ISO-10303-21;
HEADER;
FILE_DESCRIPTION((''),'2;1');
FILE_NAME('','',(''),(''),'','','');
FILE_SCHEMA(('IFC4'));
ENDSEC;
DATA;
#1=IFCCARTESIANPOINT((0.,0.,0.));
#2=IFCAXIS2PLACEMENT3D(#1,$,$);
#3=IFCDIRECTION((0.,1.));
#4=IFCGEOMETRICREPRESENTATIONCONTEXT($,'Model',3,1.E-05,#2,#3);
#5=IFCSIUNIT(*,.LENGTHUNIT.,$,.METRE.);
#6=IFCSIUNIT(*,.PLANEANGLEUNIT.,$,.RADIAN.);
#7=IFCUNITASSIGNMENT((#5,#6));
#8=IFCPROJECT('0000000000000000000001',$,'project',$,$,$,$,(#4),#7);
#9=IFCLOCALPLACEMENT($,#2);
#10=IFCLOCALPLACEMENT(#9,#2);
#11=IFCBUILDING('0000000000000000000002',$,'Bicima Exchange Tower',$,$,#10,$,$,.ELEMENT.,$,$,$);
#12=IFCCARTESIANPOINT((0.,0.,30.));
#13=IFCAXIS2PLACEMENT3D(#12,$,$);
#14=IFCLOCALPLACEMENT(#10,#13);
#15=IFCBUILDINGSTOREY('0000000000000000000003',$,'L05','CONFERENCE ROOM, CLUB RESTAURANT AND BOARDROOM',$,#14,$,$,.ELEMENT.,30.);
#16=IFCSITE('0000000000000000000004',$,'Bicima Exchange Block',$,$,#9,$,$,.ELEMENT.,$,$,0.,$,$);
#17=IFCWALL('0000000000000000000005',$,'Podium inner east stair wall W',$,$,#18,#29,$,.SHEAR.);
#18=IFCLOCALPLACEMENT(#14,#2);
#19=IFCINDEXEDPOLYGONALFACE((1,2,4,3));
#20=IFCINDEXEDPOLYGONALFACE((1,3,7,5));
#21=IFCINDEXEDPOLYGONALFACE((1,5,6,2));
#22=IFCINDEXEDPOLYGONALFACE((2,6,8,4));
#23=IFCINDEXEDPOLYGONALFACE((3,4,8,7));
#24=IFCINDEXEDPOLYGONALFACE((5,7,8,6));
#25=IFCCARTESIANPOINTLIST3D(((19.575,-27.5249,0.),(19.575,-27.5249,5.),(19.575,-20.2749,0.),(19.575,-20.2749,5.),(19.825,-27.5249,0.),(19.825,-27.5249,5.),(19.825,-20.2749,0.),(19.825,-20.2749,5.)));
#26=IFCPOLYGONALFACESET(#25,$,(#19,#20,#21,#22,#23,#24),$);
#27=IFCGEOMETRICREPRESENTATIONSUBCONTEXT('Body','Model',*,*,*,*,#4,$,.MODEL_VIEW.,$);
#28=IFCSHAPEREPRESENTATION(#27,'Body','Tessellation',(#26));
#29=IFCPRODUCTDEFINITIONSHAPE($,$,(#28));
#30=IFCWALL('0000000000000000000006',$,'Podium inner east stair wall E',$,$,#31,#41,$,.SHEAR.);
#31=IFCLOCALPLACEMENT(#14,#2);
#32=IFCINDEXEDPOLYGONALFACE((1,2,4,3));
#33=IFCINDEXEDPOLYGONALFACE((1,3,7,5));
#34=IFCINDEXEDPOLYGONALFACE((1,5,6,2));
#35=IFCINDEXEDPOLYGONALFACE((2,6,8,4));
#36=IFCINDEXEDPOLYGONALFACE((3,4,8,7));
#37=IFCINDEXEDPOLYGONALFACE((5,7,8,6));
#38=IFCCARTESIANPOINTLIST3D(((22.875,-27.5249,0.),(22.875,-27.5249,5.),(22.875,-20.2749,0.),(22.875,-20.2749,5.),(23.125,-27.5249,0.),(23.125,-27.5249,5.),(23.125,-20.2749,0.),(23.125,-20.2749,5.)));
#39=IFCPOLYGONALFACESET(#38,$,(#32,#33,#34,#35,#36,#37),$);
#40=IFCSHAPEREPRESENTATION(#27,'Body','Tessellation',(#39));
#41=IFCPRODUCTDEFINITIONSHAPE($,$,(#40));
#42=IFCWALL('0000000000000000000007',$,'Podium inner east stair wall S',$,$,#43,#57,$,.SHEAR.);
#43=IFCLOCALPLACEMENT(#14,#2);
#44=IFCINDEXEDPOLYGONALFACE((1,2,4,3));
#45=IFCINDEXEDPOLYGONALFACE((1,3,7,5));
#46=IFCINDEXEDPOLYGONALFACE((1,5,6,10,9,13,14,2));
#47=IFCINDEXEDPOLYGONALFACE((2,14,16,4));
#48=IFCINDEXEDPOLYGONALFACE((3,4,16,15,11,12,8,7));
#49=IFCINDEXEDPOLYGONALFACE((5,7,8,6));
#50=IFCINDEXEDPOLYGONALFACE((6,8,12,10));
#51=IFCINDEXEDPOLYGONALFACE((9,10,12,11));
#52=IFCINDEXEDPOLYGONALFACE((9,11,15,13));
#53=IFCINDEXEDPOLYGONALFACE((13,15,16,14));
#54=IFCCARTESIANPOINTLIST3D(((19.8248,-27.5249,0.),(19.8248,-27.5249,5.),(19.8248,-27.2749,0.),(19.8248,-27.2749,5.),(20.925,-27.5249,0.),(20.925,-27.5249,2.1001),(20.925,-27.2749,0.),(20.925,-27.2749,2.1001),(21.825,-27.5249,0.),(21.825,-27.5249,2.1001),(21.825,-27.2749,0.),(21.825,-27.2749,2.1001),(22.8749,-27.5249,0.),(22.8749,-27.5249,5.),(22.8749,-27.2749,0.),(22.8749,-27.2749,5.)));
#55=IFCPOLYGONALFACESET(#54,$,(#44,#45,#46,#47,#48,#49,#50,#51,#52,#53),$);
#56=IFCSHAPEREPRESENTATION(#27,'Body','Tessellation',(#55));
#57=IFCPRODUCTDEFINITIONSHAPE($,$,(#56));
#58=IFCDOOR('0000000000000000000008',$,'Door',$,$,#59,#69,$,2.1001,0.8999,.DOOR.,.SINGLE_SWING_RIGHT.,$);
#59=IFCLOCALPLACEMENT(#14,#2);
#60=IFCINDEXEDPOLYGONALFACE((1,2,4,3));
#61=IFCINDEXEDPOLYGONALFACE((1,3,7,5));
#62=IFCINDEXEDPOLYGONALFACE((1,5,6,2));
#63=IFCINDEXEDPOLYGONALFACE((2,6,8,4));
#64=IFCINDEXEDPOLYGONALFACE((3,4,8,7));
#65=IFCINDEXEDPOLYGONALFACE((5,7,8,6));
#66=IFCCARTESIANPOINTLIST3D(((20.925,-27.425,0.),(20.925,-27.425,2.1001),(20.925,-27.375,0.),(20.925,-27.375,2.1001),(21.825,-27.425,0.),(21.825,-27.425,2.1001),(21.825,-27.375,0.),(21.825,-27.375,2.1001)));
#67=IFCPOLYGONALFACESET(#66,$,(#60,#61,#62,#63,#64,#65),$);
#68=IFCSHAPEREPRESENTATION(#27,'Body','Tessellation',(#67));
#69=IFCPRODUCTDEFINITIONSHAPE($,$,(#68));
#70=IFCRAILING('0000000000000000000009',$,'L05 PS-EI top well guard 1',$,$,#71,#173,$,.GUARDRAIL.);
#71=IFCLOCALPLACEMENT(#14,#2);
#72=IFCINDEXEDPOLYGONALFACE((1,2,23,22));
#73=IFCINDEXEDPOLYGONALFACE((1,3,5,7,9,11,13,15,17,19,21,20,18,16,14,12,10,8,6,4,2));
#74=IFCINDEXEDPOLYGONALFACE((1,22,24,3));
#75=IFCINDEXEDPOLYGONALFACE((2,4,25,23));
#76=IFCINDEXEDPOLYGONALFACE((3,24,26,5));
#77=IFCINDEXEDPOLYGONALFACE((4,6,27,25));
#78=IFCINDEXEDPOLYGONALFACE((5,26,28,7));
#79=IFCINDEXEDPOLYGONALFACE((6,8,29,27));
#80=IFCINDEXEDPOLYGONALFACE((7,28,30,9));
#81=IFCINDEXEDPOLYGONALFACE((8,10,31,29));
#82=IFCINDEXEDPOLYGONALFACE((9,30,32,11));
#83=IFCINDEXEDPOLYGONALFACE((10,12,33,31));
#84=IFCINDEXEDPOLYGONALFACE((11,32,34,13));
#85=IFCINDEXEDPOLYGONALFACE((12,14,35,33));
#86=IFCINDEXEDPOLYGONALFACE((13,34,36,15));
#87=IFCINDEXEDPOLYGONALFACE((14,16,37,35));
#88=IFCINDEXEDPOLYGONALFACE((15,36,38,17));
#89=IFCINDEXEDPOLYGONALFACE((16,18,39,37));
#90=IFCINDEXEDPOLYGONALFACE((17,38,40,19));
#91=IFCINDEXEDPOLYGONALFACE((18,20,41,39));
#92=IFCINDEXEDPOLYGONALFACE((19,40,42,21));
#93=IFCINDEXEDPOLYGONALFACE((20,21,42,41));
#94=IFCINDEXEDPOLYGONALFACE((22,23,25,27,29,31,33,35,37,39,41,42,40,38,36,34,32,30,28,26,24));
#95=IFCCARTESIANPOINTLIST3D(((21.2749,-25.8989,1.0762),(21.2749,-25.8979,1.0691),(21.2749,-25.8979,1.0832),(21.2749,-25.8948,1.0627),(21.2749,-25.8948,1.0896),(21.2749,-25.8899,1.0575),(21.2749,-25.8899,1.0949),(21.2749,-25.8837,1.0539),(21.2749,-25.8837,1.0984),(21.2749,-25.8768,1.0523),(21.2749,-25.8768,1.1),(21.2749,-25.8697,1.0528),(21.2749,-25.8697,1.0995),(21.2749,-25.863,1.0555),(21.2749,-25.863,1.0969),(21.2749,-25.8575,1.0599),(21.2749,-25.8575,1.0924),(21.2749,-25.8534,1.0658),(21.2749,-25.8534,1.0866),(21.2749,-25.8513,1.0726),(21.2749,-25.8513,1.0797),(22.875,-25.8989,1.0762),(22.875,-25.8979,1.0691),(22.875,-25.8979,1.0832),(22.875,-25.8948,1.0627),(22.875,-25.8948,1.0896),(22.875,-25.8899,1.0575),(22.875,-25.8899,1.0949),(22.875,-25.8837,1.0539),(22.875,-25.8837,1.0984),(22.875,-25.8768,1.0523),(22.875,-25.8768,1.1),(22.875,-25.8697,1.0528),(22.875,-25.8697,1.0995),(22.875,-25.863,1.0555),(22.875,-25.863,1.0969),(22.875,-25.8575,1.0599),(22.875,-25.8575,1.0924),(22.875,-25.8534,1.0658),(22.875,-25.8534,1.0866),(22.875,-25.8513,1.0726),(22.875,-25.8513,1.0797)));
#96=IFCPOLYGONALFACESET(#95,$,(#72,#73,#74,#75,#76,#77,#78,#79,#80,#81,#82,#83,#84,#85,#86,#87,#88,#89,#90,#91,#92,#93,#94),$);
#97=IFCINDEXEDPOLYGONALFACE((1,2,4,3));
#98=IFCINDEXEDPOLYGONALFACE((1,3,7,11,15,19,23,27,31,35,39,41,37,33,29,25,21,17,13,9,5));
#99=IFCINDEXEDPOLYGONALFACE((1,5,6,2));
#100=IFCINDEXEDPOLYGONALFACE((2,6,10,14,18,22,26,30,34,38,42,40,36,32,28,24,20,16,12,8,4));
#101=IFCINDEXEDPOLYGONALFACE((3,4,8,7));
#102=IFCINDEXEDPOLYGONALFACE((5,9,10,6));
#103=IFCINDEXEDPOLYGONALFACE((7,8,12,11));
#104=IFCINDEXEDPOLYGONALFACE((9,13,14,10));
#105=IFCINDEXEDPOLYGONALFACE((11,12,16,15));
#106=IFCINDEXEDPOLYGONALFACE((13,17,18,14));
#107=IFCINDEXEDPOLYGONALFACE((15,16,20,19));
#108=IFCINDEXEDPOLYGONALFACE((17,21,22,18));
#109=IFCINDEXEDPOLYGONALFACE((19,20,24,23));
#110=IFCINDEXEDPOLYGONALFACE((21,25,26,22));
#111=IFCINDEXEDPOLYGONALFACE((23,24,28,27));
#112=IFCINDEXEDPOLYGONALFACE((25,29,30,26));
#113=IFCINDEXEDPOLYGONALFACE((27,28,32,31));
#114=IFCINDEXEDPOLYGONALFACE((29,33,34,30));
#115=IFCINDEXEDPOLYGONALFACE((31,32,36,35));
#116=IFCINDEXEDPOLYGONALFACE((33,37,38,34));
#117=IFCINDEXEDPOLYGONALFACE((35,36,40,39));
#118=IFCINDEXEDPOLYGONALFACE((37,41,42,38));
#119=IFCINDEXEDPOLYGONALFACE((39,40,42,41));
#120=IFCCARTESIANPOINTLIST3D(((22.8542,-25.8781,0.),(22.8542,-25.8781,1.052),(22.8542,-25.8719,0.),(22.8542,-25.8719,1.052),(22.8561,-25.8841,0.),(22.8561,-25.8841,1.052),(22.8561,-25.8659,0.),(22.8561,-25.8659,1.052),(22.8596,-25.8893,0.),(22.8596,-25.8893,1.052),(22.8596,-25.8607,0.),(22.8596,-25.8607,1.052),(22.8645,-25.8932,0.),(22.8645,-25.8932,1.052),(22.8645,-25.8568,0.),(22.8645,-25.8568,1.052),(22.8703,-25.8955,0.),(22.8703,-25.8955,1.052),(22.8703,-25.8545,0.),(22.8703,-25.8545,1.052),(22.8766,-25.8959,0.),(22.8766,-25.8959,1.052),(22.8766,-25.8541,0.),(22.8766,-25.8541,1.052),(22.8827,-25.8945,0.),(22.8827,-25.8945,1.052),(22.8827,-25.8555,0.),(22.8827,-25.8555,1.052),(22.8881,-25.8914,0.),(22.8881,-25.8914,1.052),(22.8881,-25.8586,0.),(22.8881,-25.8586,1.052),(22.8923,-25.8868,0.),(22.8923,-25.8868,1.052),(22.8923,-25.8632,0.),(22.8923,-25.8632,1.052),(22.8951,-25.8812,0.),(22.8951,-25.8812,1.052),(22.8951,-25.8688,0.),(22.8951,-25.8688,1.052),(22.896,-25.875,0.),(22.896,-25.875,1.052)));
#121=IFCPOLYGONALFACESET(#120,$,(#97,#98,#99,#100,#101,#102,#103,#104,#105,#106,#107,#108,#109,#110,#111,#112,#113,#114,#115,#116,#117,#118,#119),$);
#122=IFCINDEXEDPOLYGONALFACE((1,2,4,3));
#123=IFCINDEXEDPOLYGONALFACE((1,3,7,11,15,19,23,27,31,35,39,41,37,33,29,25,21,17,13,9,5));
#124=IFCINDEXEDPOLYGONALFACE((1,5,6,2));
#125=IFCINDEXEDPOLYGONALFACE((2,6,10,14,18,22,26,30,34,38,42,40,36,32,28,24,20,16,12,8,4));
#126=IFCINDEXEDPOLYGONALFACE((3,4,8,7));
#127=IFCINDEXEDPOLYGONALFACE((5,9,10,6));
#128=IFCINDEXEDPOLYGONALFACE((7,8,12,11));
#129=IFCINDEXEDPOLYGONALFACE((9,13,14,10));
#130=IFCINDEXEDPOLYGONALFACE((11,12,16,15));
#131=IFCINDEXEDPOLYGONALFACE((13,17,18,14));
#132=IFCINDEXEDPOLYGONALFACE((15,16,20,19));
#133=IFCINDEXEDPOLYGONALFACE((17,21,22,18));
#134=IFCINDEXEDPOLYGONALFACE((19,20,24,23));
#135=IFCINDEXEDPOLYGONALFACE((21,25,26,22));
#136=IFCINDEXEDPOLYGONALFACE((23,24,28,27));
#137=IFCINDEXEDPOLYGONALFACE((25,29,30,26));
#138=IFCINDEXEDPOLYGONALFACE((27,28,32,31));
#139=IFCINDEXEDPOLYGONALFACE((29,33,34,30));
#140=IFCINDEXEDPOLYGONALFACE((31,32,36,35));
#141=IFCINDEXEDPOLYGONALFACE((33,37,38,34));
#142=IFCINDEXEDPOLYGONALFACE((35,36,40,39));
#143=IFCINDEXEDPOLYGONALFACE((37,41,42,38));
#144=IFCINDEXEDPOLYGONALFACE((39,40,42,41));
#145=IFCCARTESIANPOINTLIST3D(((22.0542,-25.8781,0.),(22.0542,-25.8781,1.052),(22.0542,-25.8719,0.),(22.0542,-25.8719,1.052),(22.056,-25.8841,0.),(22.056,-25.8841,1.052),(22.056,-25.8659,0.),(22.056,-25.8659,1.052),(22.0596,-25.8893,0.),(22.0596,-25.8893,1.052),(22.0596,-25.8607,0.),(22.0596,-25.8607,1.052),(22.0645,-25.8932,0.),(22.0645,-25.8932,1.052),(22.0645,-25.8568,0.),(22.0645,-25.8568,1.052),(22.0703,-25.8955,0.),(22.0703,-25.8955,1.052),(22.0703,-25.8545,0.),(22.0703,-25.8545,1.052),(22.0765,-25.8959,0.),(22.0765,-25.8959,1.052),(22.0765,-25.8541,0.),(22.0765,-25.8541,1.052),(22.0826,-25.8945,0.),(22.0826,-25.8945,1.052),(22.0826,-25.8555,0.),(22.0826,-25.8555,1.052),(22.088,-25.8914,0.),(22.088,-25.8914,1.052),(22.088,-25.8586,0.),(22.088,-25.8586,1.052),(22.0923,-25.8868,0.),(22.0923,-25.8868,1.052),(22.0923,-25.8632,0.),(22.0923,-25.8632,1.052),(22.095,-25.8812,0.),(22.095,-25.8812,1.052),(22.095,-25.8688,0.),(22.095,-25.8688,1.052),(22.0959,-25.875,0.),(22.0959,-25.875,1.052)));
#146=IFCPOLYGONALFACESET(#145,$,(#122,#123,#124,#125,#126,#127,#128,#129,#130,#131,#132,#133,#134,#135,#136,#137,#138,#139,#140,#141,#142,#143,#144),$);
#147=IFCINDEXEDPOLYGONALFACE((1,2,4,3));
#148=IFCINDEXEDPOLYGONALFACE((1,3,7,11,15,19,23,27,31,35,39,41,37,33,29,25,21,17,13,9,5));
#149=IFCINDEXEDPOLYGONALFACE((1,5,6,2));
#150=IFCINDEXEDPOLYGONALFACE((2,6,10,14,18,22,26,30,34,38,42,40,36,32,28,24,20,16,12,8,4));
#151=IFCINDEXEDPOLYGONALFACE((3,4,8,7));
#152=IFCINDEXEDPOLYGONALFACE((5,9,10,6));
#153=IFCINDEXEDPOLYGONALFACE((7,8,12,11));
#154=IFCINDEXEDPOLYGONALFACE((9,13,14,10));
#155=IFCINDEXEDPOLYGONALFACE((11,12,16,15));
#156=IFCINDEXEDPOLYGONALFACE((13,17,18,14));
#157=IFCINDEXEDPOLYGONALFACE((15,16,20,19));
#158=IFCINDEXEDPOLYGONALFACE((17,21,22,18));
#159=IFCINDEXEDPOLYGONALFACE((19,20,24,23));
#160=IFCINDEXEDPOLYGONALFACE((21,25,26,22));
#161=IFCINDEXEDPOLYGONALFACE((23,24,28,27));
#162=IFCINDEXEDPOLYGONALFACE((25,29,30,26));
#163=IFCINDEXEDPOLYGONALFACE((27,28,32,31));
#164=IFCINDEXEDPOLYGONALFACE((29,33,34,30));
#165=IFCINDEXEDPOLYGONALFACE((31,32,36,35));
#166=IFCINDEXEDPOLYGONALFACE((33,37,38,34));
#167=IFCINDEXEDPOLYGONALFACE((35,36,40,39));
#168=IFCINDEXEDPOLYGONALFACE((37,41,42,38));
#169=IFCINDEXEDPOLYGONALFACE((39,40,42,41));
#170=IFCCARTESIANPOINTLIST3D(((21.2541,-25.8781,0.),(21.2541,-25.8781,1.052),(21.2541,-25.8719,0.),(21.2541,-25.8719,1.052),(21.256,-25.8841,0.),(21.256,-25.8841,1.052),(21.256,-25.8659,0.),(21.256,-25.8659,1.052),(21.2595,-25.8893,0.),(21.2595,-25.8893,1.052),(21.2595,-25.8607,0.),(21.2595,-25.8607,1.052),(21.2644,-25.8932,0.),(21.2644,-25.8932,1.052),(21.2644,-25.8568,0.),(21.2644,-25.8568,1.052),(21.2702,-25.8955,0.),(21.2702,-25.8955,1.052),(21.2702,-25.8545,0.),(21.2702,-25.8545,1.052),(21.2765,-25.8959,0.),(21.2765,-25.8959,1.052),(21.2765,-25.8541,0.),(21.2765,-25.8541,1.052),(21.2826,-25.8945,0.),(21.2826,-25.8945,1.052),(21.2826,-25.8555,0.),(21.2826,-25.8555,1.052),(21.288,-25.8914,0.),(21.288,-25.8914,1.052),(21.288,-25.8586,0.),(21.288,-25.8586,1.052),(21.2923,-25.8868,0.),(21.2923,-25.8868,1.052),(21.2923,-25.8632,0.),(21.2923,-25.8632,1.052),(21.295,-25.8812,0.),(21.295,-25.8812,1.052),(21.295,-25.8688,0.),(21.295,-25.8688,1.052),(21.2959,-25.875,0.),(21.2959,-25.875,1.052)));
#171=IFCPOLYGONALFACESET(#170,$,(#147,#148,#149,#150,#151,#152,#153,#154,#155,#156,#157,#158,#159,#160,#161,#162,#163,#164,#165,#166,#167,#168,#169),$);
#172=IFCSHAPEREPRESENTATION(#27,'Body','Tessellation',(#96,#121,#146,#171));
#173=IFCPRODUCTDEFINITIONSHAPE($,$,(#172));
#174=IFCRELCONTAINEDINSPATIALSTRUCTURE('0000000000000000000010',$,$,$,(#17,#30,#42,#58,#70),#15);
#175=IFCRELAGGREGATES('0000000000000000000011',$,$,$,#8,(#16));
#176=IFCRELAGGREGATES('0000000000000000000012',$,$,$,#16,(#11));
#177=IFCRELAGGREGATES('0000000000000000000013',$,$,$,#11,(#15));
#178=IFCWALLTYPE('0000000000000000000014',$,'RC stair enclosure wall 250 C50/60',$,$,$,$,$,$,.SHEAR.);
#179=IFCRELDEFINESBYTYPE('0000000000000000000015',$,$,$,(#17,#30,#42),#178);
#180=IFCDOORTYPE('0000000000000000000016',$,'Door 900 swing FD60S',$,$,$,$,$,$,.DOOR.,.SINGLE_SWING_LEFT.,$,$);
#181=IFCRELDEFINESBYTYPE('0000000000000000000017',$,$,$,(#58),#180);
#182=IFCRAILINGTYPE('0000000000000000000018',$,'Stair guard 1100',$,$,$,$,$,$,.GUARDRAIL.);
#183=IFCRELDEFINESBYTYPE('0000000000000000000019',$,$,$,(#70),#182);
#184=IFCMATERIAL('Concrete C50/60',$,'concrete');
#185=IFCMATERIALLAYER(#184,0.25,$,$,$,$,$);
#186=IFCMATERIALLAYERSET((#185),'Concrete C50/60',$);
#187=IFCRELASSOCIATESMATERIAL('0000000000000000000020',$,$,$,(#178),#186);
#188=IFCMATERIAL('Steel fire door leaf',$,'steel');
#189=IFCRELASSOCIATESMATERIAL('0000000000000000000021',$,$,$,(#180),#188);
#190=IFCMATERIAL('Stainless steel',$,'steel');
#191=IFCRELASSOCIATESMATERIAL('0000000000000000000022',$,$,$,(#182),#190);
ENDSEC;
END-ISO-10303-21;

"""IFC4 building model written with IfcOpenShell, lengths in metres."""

from ifc_helpers import new_model, si_unit, direction, frame, frame_2d, origin, origin_2d, place, context, subcontext, project, spatial, rectangle, circle, extrude, material, layer, layer_set, type_object, element, fill, save


model = new_model("IFC4")

# Units and contexts
model_context = context("Model", 3, precision=1e-05, world=origin(), true_north=direction((0.0, 1.0)))
body_context = subcontext(model_context, "Body", "Model", "MODEL_VIEW")
ifc_project = project(units=[si_unit("LENGTHUNIT", "METRE"), si_unit("PLANEANGLEUNIT", "RADIAN")], contexts=[model_context])

# Site, building, storey
site_placement = place(None, origin())
site = spatial("IfcSite", under=ifc_project, at=site_placement, Name="Bicima Exchange Block", CompositionType="ELEMENT", RefElevation=0.0)
building_placement = place(site_placement, origin())
building = spatial("IfcBuilding", under=site, at=building_placement, Name="Bicima Exchange Tower", CompositionType="ELEMENT")
storey_placement = place(building_placement, frame((0.0, 0.0, 30.0)))
storey = spatial("IfcBuildingStorey", under=building, at=storey_placement, Name="L05", Description="CONFERENCE ROOM, CLUB RESTAURANT AND BOARDROOM", CompositionType="ELEMENT", Elevation=30.0)

# Shared definitions
ifc_material_1 = material(Name="Steel fire door leaf", Category="steel")

# Walls
ifc_material_2 = material(Name="Concrete C50/60", Category="concrete")
ifc_layer_1 = layer(ifc_material_2, 0.25)
ifc_layer_set_1 = layer_set([ifc_layer_1], Name="Concrete C50/60")
wall_type_1 = type_object("IfcWallType", Name="RC stair enclosure wall 250 C50/60", PredefinedType="SHEAR", material=ifc_layer_set_1)
for number, where, z_axis, x_axis, name in (
    (1, (19.7, -27.5249, 0.0), (0.0, 0.0, 1.0), (0.0, 1.0, 0.0), "Podium inner east stair wall W"),
    (2, (23.0, -27.5249, 0.0), (0.0, 0.0, 1.0), (0.0, 1.0, 0.0), "Podium inner east stair wall E"),
):
    element("IfcWall", number, at=place(storey_placement, frame(where, z_axis=z_axis, x_axis=x_axis)), inside=storey, type_object=wall_type_1, Name=name, PredefinedType="SHEAR", context=body_context, shape_type="SweptSolid", body=[
        extrude(rectangle(XDim=7.25, YDim=0.25, at=frame_2d((3.625, 0.0))), origin(), (0.0, 0.0, 1.0), 5.0),
    ])

# Wall, opening, door
wall_1_placement = place(storey_placement, frame((19.825, -27.3999, 0.0), z_axis=(0.0, 0.0, 1.0), x_axis=(1.0, 0.0, 0.0)))
wall_1 = element("IfcWall", 3, at=wall_1_placement, inside=storey, type_object=wall_type_1, Name="Podium inner east stair wall S", PredefinedType="SHEAR", context=body_context, shape_type="SweptSolid", body=[
    extrude(rectangle(XDim=3.05, YDim=0.25, at=frame_2d((1.5249, 0.0))), origin(), (0.0, 0.0, 1.0), 5.0),
])
opening_1_placement = place(wall_1_placement, frame((1.1001, 0.0, 0.0)))
opening_1 = element("IfcOpeningElement", 4, at=opening_1_placement, cuts=wall_1, PredefinedType="OPENING", context=body_context, shape_type="SweptSolid", body=[
    extrude(rectangle(XDim=0.8999, YDim=2.1001, at=frame_2d((0.45, 1.05))), frame((0.0, 0.137, 0.0), z_axis=(0.0, -1.0, 0.0), x_axis=(1.0, 0.0, 0.0)), (0.0, 0.0, 1.0), 0.2739),
])
door_type_1 = type_object("IfcDoorType", Name="Door 900 swing FD60S", OperationType="SINGLE_SWING_LEFT", PredefinedType="DOOR", material=ifc_material_1)
door_1_placement = place(opening_1_placement, origin())
door_1 = element("IfcDoor", 5, at=door_1_placement, inside=storey, type_object=door_type_1, Name="Door", OperationType="SINGLE_SWING_RIGHT", OverallHeight=2.1001, OverallWidth=0.8999, PredefinedType="DOOR", context=body_context, shape_type="SweptSolid", body=[
    extrude(rectangle(XDim=0.8999, YDim=2.1001, at=frame_2d((0.45, 1.05))), frame((0.0, 0.0249, 0.0), z_axis=(0.0, -1.0, 0.0), x_axis=(1.0, 0.0, 0.0)), (0.0, 0.0, 1.0), 0.05),
])
fill(opening_1, door_1)

# Railing
ifc_material_3 = material(Name="Stainless steel", Category="steel")
railing_type = type_object("IfcRailingType", Name="Stair guard 1100", PredefinedType="GUARDRAIL", material=ifc_material_3)
railing_placement = place(storey_placement, frame((22.875, -25.875, 0.0)))
element("IfcRailing", 6, at=railing_placement, inside=storey, type_object=railing_type, Name="L05 PS-EI top well guard 1", PredefinedType="GUARDRAIL", context=body_context, shape_type="SweptSolid", body=[
    extrude(circle(Radius=0.0239, at=origin_2d()), frame((0.0, 0.0, 1.0762), z_axis=(-1.0, 0.0, 0.0), x_axis=(0.0, -1.0, 0.0)), (0.0, 0.0, 1.0), 1.6001),
    extrude(circle(Radius=0.021, at=origin_2d()), origin(), (0.0, 0.0, 1.0), 1.052),
    extrude(circle(Radius=0.021, at=origin_2d()), frame((-0.8, 0.0, 0.0)), (0.0, 0.0, 1.0), 1.052),
    extrude(circle(Radius=0.021, at=origin_2d()), frame((-1.6001, 0.0, 0.0)), (0.0, 0.0, 1.0), 1.052),
])

save(model, "model.ifc")
